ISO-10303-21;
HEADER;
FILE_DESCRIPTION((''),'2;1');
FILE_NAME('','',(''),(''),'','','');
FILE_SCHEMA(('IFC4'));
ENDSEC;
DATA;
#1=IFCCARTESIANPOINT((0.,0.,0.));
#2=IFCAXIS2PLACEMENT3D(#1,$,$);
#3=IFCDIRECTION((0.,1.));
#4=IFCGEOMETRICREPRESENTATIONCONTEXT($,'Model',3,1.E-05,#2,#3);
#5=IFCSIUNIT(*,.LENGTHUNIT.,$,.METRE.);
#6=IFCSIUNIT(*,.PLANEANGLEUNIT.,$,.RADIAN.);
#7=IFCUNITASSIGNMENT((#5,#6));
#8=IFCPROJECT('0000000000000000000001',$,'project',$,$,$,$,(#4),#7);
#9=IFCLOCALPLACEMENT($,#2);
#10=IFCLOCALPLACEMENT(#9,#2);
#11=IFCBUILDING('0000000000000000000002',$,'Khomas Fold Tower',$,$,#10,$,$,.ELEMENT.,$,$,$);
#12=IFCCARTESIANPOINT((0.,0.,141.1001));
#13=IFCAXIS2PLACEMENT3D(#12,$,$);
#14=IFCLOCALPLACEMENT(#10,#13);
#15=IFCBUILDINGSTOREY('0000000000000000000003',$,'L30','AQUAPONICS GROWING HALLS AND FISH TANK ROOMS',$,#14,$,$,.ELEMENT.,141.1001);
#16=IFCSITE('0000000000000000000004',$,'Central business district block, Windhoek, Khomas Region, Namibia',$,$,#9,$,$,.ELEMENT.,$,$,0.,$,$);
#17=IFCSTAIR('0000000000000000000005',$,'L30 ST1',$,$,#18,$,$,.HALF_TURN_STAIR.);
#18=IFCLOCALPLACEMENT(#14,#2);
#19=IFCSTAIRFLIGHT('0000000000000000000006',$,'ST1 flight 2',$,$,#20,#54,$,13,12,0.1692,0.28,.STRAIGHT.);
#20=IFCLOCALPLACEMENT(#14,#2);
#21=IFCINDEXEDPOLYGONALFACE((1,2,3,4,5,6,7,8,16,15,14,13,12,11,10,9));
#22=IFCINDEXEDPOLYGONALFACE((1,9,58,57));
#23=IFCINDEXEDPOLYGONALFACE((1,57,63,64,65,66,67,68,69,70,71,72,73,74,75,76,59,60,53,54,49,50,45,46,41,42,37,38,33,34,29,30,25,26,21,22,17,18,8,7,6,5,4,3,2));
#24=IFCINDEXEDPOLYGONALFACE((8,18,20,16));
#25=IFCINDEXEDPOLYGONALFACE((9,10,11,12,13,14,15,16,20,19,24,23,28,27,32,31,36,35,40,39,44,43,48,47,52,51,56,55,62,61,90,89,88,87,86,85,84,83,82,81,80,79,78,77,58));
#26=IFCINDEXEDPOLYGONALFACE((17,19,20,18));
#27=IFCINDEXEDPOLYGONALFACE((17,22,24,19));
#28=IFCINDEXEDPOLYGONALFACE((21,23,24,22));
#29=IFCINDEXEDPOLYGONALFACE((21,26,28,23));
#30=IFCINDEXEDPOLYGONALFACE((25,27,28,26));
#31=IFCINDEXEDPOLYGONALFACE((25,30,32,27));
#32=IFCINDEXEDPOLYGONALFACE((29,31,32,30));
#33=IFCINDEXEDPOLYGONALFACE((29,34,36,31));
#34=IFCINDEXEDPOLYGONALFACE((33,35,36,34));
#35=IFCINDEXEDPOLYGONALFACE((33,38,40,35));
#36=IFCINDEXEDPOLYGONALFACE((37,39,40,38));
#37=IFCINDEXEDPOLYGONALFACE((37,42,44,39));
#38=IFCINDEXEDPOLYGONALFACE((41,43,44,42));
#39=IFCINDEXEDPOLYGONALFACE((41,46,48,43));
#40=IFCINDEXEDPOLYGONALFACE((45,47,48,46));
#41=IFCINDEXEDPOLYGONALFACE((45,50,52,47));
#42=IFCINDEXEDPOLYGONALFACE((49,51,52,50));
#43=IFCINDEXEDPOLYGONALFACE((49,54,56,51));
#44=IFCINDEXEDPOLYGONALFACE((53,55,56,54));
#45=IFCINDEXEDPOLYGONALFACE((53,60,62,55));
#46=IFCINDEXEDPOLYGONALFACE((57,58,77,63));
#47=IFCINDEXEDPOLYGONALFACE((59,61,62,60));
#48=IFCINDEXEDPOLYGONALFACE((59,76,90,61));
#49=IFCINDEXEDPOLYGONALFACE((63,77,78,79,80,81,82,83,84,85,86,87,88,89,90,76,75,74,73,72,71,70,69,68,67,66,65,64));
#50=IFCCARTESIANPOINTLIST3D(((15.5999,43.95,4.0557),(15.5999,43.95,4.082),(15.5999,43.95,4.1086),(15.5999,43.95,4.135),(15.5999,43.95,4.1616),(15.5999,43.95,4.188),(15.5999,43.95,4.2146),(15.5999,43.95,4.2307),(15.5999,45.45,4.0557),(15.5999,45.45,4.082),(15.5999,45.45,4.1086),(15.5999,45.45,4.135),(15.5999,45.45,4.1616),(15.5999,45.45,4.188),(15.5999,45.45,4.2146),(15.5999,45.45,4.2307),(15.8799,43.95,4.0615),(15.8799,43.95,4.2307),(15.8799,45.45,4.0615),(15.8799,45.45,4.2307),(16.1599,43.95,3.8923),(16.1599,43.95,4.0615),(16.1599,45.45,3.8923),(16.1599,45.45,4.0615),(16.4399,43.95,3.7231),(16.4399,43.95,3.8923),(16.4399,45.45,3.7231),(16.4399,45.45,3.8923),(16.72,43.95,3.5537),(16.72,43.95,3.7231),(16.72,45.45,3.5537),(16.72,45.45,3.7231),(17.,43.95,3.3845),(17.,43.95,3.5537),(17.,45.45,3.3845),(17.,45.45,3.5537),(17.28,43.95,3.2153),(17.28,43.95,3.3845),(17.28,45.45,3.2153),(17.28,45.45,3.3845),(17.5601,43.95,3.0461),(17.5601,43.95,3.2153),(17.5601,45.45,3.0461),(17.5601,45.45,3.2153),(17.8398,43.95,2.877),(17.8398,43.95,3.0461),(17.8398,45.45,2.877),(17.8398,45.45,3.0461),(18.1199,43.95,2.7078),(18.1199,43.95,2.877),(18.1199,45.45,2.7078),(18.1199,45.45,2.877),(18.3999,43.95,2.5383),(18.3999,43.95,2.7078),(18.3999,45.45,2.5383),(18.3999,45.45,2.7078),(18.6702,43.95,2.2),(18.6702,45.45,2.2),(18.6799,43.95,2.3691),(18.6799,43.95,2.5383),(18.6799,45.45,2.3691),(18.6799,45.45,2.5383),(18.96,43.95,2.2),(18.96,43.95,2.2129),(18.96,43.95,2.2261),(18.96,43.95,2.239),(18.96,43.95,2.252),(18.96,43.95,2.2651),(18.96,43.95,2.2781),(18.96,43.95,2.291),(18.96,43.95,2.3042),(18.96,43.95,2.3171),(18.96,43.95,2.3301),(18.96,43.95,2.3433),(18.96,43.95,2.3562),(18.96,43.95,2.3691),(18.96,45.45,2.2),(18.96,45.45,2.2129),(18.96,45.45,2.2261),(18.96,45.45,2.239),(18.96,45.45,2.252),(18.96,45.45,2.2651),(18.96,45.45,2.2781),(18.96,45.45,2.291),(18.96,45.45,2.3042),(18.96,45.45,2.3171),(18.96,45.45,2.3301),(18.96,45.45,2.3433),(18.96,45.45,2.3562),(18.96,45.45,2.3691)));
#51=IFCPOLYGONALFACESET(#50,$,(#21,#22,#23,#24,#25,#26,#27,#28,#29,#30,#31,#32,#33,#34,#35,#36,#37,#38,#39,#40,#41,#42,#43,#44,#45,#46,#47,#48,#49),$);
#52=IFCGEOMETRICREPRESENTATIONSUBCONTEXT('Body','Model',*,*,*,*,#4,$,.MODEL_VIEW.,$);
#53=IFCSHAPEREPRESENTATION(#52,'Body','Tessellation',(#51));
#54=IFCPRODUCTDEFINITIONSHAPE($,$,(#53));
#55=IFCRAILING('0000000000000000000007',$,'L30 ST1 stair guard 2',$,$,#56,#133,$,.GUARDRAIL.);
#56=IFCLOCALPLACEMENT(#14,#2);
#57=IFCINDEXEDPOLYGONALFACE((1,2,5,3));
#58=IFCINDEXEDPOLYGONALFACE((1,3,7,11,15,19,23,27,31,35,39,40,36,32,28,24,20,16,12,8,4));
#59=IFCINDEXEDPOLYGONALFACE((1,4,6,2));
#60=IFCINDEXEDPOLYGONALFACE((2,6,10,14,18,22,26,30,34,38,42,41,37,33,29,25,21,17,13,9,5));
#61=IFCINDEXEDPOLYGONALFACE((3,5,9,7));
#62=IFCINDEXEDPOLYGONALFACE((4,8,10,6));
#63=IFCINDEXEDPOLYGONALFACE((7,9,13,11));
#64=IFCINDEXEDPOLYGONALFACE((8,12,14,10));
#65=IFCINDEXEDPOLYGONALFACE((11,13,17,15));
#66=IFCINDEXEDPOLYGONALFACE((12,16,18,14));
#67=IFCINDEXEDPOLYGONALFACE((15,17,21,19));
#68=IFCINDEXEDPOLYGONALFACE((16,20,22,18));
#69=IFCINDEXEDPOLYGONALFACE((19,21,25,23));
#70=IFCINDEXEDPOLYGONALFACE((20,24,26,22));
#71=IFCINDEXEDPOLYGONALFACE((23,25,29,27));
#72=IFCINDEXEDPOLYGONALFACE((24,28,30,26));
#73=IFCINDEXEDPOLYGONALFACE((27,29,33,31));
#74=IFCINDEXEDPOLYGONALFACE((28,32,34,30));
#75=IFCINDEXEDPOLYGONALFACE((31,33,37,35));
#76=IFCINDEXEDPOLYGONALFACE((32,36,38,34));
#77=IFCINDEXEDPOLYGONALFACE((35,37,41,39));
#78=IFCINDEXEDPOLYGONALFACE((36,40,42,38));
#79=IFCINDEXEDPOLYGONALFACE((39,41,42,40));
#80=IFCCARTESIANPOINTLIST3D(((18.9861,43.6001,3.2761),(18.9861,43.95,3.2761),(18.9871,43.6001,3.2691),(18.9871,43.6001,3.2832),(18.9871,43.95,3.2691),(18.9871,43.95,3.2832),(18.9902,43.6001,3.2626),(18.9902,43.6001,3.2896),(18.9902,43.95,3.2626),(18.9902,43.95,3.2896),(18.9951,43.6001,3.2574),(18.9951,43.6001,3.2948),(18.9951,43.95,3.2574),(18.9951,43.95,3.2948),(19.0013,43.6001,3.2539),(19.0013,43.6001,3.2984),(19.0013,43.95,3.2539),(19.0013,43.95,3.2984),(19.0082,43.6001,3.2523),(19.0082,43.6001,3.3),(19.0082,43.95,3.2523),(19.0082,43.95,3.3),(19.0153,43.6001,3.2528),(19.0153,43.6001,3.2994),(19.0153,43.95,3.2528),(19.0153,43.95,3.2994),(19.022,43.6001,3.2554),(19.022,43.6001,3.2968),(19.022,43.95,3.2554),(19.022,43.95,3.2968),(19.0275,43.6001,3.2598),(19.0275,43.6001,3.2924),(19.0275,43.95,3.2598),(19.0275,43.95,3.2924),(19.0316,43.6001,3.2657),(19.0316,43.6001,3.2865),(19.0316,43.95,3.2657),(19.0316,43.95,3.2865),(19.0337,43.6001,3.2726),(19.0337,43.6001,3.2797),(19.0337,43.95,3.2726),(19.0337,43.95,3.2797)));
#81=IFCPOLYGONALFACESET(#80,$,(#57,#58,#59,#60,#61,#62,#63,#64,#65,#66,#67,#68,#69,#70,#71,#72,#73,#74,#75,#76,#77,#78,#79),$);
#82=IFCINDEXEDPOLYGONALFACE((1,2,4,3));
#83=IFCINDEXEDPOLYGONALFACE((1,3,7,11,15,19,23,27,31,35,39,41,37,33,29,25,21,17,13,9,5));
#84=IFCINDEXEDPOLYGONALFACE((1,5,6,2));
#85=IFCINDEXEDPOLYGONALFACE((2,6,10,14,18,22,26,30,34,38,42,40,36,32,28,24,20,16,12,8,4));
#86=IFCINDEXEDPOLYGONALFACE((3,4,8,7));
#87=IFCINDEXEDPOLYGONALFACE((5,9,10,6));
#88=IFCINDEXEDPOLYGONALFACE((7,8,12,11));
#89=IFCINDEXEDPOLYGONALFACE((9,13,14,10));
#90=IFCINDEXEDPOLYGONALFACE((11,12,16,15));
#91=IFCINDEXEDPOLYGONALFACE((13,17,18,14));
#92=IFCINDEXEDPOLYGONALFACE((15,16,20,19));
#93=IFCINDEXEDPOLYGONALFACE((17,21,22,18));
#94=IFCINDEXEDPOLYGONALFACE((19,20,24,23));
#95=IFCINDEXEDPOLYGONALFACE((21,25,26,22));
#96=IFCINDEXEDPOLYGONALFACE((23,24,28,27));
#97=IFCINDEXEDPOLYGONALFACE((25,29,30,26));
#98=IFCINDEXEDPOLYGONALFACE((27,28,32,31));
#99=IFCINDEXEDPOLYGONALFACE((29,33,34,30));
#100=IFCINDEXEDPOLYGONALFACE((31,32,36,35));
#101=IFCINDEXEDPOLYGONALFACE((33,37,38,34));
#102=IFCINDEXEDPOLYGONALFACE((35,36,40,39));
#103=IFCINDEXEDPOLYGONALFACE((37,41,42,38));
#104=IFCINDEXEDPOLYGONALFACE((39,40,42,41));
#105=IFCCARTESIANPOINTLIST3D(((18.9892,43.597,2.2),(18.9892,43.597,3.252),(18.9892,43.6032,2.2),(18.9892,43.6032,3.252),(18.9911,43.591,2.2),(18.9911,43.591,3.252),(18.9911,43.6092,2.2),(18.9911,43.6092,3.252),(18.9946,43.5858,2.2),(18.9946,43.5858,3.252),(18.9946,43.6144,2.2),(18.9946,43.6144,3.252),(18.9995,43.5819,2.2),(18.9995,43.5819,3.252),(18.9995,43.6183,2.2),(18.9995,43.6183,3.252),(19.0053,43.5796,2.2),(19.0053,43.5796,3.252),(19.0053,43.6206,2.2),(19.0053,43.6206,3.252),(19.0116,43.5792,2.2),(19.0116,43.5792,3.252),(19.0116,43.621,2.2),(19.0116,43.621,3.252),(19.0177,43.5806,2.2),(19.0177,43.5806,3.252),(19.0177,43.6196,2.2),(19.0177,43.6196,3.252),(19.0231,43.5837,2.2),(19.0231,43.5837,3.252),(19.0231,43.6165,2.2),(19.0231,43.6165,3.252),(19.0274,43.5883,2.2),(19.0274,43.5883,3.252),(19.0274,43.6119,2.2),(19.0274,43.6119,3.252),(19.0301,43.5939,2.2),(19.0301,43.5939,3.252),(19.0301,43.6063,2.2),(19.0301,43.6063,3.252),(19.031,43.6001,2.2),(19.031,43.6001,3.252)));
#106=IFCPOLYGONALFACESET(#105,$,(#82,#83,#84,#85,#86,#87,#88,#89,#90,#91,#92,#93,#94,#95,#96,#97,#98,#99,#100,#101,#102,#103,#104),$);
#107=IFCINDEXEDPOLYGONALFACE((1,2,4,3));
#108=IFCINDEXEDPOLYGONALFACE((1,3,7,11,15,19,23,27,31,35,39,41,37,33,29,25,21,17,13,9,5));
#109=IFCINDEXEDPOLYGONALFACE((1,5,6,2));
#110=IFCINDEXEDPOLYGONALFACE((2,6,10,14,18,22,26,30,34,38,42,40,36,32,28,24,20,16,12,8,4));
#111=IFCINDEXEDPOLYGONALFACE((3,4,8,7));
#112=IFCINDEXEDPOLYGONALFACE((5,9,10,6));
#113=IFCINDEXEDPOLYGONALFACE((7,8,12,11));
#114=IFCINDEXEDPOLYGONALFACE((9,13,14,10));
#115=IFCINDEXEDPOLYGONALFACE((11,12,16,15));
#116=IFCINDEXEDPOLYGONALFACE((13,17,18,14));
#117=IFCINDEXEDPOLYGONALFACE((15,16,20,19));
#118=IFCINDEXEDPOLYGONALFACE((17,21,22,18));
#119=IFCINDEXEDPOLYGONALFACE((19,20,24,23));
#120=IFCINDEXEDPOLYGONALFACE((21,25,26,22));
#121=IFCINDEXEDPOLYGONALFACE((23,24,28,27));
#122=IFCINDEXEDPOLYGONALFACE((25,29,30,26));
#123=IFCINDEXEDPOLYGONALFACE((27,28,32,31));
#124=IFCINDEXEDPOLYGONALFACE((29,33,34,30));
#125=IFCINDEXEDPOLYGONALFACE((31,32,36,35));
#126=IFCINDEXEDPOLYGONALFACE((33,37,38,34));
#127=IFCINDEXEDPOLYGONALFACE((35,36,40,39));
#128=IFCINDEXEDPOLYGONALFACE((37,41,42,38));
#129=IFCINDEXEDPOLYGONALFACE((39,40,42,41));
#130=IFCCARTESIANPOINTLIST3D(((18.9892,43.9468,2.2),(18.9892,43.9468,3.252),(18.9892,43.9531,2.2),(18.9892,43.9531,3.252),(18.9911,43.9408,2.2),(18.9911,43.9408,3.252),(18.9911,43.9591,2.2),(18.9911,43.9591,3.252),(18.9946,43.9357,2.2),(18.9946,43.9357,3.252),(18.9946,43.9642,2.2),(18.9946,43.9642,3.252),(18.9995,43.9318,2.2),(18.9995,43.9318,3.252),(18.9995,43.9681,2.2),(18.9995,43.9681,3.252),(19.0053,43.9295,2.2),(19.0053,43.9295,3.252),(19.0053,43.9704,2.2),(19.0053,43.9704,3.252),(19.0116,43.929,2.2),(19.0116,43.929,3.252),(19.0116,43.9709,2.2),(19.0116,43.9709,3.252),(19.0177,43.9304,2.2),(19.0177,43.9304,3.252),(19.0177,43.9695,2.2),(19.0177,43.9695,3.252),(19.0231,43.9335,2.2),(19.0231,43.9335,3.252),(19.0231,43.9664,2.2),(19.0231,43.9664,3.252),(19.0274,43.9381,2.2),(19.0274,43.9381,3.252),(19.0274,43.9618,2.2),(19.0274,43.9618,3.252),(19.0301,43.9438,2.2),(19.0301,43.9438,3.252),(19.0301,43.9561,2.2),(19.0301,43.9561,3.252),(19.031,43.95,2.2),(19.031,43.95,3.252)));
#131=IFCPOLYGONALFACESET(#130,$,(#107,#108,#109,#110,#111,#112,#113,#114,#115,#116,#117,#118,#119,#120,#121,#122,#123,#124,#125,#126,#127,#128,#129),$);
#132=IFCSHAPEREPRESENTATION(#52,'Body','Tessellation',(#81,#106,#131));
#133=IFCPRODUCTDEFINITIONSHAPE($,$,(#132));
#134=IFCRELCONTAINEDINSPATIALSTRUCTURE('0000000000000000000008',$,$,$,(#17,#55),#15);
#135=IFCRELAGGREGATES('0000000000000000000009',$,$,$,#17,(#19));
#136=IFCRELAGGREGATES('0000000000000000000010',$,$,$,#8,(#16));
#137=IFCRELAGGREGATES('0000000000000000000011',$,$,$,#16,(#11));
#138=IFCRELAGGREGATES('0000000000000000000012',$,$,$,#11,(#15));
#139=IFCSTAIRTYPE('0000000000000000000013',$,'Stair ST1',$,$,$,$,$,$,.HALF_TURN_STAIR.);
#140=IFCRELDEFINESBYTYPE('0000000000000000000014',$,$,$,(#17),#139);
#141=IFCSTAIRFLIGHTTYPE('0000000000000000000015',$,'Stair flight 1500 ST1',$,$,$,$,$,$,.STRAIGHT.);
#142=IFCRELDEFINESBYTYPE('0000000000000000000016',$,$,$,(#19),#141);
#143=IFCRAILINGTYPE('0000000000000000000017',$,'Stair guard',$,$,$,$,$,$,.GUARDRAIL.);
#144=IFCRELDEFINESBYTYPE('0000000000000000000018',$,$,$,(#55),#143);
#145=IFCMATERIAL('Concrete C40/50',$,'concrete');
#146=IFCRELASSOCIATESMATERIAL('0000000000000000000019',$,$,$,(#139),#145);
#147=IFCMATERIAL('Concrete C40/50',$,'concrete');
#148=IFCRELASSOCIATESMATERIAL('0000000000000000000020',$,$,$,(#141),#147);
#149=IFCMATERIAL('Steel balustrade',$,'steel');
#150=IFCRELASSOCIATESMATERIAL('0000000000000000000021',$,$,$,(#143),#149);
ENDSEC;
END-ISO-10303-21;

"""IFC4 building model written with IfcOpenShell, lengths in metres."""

from ifc_helpers import new_model, si_unit, direction, frame, origin, origin_2d, place, context, subcontext, project, spatial, polyline, circle, outline, extrude, source, transform, mapped, material, type_object, element, aggregate, save


model = new_model("IFC4")

# Units and contexts
model_context = context("Model", 3, precision=1e-05, world=origin(), true_north=direction((0.0, 1.0)))
body_context = subcontext(model_context, "Body", "Model", "MODEL_VIEW")
ifc_project = project(units=[si_unit("LENGTHUNIT", "METRE"), si_unit("PLANEANGLEUNIT", "RADIAN")], contexts=[model_context])

# Site, building, storey
site_placement = place(None, origin())
site = spatial("IfcSite", under=ifc_project, at=site_placement, Name="Central business district block, Windhoek, Khomas Region, Namibia", CompositionType="ELEMENT", RefElevation=0.0)
building_placement = place(site_placement, origin())
building = spatial("IfcBuilding", under=site, at=building_placement, Name="Khomas Fold Tower", CompositionType="ELEMENT")
storey_placement = place(building_placement, frame((0.0, 0.0, 141.1001)))
storey = spatial("IfcBuildingStorey", under=building, at=storey_placement, Name="L30", Description="AQUAPONICS GROWING HALLS AND FISH TANK ROOMS", CompositionType="ELEMENT", Elevation=141.1001)

# Stair, stair flight
ifc_material_1 = material(Name="Concrete C40/50", Category="concrete")
stair_type = type_object("IfcStairType", Name="Stair ST1", PredefinedType="HALF_TURN_STAIR", material=ifc_material_1)
stair_placement = place(storey_placement, origin())
stair = element("IfcStair", 1, at=stair_placement, inside=storey, type_object=stair_type, Name="L30 ST1", PredefinedType="HALF_TURN_STAIR")
ifc_material_2 = material(Name="Concrete C40/50", Category="concrete")
stair_flight_type = type_object("IfcStairFlightType", Name="Stair flight 1500 ST1", PredefinedType="STRAIGHT", material=ifc_material_2)
shared_shape_1 = source(origin(), body_context, "Body", "SweptSolid", [
    extrude(outline(polyline([(0.0, 0.0), (0.0, 0.0129), (0.0, 0.0261), (0.0, 0.0391), (0.0, 0.052), (0.0, 0.0652), (0.0, 0.0781), (0.0, 0.0911), (0.0, 0.1042), (0.0, 0.1172), (0.0, 0.1301), (0.0, 0.1433), (0.0, 0.1562), (0.0, 0.1692), (0.28, 0.1692), (0.28, 0.3384), (0.5601, 0.3384), (0.5601, 0.5078), (0.8401, 0.5078), (0.8401, 0.677), (1.1201, 0.677), (1.1201, 0.8462), (1.3999, 0.8462), (1.3999, 1.0154), (1.6799, 1.0154), (1.6799, 1.1846), (1.96, 1.1846), (1.96, 1.3538), (2.24, 1.3538), (2.24, 1.5232), (2.52, 1.5232), (2.52, 1.6924), (2.8, 1.6924), (2.8, 1.8616), (3.0801, 1.8616), (3.0801, 2.0308), (3.3601, 2.0308), (3.3601, 2.2), (3.3601, 2.1736), (3.3601, 2.147), (3.3601, 2.1206), (3.3601, 2.094), (3.3601, 2.0676), (3.3601, 2.041), (3.3601, 2.0146), (3.3601, 1.988), (3.3601, 1.9617), (3.3601, 1.9351), (3.3601, 1.9087), (3.3601, 1.8821), (3.3601, 1.8557), (0.2898, 0.0), (0.0, 0.0)])), frame((0.0, 0.75, 0.0), z_axis=(0.0, -1.0, 0.0), x_axis=(1.0, 0.0, 0.0)), (0.0, 0.0, 1.0), 1.5),
])
stair_flight_1_placement = place(storey_placement, frame((18.96, 44.7, 2.2), z_axis=(0.0, 0.0, 1.0), x_axis=(-1.0, 0.0, 0.0)))
stair_flight_1 = element("IfcStairFlight", 2, at=stair_flight_1_placement, type_object=stair_flight_type, Name="ST1 flight 2", NumberOfRisers=13, NumberOfTreads=12, PredefinedType="STRAIGHT", RiserHeight=0.1692, TreadLength=0.28, context=body_context, shape_type="MappedRepresentation", body=[
    mapped(shared_shape_1, transform((0.0, 0.0, 0.0))),
])
aggregate(stair, [stair_flight_1])

# Railing
ifc_material_3 = material(Name="Steel balustrade", Category="steel")
railing_type_1 = type_object("IfcRailingType", Name="Stair guard", PredefinedType="GUARDRAIL", material=ifc_material_3)
shared_shape_2 = source(origin(), body_context, "Body", "SweptSolid", [
    extrude(circle(Radius=0.0239, at=origin_2d()), frame((0.0, 0.0, 1.0762), z_axis=(0.0, 1.0, 0.0), x_axis=(-1.0, 0.0, 0.0)), (0.0, 0.0, 1.0), 0.3499),
    extrude(circle(Radius=0.021, at=origin_2d()), origin(), (0.0, 0.0, 1.0), 1.052),
    extrude(circle(Radius=0.021, at=origin_2d()), frame((0.0, 0.3499, 0.0)), (0.0, 0.0, 1.0), 1.052),
])
for number, where, name in (
    (3, (19.01, 43.6001, 2.2), "L30 ST1 stair guard 2"),
):
    element("IfcRailing", number, at=place(storey_placement, frame(where)), inside=storey, type_object=railing_type_1, Name=name, PredefinedType="GUARDRAIL", context=body_context, shape_type="MappedRepresentation", body=[
        mapped(shared_shape_2, transform((0.0, 0.0, 0.0))),
    ])

save(model, "model.ifc")
